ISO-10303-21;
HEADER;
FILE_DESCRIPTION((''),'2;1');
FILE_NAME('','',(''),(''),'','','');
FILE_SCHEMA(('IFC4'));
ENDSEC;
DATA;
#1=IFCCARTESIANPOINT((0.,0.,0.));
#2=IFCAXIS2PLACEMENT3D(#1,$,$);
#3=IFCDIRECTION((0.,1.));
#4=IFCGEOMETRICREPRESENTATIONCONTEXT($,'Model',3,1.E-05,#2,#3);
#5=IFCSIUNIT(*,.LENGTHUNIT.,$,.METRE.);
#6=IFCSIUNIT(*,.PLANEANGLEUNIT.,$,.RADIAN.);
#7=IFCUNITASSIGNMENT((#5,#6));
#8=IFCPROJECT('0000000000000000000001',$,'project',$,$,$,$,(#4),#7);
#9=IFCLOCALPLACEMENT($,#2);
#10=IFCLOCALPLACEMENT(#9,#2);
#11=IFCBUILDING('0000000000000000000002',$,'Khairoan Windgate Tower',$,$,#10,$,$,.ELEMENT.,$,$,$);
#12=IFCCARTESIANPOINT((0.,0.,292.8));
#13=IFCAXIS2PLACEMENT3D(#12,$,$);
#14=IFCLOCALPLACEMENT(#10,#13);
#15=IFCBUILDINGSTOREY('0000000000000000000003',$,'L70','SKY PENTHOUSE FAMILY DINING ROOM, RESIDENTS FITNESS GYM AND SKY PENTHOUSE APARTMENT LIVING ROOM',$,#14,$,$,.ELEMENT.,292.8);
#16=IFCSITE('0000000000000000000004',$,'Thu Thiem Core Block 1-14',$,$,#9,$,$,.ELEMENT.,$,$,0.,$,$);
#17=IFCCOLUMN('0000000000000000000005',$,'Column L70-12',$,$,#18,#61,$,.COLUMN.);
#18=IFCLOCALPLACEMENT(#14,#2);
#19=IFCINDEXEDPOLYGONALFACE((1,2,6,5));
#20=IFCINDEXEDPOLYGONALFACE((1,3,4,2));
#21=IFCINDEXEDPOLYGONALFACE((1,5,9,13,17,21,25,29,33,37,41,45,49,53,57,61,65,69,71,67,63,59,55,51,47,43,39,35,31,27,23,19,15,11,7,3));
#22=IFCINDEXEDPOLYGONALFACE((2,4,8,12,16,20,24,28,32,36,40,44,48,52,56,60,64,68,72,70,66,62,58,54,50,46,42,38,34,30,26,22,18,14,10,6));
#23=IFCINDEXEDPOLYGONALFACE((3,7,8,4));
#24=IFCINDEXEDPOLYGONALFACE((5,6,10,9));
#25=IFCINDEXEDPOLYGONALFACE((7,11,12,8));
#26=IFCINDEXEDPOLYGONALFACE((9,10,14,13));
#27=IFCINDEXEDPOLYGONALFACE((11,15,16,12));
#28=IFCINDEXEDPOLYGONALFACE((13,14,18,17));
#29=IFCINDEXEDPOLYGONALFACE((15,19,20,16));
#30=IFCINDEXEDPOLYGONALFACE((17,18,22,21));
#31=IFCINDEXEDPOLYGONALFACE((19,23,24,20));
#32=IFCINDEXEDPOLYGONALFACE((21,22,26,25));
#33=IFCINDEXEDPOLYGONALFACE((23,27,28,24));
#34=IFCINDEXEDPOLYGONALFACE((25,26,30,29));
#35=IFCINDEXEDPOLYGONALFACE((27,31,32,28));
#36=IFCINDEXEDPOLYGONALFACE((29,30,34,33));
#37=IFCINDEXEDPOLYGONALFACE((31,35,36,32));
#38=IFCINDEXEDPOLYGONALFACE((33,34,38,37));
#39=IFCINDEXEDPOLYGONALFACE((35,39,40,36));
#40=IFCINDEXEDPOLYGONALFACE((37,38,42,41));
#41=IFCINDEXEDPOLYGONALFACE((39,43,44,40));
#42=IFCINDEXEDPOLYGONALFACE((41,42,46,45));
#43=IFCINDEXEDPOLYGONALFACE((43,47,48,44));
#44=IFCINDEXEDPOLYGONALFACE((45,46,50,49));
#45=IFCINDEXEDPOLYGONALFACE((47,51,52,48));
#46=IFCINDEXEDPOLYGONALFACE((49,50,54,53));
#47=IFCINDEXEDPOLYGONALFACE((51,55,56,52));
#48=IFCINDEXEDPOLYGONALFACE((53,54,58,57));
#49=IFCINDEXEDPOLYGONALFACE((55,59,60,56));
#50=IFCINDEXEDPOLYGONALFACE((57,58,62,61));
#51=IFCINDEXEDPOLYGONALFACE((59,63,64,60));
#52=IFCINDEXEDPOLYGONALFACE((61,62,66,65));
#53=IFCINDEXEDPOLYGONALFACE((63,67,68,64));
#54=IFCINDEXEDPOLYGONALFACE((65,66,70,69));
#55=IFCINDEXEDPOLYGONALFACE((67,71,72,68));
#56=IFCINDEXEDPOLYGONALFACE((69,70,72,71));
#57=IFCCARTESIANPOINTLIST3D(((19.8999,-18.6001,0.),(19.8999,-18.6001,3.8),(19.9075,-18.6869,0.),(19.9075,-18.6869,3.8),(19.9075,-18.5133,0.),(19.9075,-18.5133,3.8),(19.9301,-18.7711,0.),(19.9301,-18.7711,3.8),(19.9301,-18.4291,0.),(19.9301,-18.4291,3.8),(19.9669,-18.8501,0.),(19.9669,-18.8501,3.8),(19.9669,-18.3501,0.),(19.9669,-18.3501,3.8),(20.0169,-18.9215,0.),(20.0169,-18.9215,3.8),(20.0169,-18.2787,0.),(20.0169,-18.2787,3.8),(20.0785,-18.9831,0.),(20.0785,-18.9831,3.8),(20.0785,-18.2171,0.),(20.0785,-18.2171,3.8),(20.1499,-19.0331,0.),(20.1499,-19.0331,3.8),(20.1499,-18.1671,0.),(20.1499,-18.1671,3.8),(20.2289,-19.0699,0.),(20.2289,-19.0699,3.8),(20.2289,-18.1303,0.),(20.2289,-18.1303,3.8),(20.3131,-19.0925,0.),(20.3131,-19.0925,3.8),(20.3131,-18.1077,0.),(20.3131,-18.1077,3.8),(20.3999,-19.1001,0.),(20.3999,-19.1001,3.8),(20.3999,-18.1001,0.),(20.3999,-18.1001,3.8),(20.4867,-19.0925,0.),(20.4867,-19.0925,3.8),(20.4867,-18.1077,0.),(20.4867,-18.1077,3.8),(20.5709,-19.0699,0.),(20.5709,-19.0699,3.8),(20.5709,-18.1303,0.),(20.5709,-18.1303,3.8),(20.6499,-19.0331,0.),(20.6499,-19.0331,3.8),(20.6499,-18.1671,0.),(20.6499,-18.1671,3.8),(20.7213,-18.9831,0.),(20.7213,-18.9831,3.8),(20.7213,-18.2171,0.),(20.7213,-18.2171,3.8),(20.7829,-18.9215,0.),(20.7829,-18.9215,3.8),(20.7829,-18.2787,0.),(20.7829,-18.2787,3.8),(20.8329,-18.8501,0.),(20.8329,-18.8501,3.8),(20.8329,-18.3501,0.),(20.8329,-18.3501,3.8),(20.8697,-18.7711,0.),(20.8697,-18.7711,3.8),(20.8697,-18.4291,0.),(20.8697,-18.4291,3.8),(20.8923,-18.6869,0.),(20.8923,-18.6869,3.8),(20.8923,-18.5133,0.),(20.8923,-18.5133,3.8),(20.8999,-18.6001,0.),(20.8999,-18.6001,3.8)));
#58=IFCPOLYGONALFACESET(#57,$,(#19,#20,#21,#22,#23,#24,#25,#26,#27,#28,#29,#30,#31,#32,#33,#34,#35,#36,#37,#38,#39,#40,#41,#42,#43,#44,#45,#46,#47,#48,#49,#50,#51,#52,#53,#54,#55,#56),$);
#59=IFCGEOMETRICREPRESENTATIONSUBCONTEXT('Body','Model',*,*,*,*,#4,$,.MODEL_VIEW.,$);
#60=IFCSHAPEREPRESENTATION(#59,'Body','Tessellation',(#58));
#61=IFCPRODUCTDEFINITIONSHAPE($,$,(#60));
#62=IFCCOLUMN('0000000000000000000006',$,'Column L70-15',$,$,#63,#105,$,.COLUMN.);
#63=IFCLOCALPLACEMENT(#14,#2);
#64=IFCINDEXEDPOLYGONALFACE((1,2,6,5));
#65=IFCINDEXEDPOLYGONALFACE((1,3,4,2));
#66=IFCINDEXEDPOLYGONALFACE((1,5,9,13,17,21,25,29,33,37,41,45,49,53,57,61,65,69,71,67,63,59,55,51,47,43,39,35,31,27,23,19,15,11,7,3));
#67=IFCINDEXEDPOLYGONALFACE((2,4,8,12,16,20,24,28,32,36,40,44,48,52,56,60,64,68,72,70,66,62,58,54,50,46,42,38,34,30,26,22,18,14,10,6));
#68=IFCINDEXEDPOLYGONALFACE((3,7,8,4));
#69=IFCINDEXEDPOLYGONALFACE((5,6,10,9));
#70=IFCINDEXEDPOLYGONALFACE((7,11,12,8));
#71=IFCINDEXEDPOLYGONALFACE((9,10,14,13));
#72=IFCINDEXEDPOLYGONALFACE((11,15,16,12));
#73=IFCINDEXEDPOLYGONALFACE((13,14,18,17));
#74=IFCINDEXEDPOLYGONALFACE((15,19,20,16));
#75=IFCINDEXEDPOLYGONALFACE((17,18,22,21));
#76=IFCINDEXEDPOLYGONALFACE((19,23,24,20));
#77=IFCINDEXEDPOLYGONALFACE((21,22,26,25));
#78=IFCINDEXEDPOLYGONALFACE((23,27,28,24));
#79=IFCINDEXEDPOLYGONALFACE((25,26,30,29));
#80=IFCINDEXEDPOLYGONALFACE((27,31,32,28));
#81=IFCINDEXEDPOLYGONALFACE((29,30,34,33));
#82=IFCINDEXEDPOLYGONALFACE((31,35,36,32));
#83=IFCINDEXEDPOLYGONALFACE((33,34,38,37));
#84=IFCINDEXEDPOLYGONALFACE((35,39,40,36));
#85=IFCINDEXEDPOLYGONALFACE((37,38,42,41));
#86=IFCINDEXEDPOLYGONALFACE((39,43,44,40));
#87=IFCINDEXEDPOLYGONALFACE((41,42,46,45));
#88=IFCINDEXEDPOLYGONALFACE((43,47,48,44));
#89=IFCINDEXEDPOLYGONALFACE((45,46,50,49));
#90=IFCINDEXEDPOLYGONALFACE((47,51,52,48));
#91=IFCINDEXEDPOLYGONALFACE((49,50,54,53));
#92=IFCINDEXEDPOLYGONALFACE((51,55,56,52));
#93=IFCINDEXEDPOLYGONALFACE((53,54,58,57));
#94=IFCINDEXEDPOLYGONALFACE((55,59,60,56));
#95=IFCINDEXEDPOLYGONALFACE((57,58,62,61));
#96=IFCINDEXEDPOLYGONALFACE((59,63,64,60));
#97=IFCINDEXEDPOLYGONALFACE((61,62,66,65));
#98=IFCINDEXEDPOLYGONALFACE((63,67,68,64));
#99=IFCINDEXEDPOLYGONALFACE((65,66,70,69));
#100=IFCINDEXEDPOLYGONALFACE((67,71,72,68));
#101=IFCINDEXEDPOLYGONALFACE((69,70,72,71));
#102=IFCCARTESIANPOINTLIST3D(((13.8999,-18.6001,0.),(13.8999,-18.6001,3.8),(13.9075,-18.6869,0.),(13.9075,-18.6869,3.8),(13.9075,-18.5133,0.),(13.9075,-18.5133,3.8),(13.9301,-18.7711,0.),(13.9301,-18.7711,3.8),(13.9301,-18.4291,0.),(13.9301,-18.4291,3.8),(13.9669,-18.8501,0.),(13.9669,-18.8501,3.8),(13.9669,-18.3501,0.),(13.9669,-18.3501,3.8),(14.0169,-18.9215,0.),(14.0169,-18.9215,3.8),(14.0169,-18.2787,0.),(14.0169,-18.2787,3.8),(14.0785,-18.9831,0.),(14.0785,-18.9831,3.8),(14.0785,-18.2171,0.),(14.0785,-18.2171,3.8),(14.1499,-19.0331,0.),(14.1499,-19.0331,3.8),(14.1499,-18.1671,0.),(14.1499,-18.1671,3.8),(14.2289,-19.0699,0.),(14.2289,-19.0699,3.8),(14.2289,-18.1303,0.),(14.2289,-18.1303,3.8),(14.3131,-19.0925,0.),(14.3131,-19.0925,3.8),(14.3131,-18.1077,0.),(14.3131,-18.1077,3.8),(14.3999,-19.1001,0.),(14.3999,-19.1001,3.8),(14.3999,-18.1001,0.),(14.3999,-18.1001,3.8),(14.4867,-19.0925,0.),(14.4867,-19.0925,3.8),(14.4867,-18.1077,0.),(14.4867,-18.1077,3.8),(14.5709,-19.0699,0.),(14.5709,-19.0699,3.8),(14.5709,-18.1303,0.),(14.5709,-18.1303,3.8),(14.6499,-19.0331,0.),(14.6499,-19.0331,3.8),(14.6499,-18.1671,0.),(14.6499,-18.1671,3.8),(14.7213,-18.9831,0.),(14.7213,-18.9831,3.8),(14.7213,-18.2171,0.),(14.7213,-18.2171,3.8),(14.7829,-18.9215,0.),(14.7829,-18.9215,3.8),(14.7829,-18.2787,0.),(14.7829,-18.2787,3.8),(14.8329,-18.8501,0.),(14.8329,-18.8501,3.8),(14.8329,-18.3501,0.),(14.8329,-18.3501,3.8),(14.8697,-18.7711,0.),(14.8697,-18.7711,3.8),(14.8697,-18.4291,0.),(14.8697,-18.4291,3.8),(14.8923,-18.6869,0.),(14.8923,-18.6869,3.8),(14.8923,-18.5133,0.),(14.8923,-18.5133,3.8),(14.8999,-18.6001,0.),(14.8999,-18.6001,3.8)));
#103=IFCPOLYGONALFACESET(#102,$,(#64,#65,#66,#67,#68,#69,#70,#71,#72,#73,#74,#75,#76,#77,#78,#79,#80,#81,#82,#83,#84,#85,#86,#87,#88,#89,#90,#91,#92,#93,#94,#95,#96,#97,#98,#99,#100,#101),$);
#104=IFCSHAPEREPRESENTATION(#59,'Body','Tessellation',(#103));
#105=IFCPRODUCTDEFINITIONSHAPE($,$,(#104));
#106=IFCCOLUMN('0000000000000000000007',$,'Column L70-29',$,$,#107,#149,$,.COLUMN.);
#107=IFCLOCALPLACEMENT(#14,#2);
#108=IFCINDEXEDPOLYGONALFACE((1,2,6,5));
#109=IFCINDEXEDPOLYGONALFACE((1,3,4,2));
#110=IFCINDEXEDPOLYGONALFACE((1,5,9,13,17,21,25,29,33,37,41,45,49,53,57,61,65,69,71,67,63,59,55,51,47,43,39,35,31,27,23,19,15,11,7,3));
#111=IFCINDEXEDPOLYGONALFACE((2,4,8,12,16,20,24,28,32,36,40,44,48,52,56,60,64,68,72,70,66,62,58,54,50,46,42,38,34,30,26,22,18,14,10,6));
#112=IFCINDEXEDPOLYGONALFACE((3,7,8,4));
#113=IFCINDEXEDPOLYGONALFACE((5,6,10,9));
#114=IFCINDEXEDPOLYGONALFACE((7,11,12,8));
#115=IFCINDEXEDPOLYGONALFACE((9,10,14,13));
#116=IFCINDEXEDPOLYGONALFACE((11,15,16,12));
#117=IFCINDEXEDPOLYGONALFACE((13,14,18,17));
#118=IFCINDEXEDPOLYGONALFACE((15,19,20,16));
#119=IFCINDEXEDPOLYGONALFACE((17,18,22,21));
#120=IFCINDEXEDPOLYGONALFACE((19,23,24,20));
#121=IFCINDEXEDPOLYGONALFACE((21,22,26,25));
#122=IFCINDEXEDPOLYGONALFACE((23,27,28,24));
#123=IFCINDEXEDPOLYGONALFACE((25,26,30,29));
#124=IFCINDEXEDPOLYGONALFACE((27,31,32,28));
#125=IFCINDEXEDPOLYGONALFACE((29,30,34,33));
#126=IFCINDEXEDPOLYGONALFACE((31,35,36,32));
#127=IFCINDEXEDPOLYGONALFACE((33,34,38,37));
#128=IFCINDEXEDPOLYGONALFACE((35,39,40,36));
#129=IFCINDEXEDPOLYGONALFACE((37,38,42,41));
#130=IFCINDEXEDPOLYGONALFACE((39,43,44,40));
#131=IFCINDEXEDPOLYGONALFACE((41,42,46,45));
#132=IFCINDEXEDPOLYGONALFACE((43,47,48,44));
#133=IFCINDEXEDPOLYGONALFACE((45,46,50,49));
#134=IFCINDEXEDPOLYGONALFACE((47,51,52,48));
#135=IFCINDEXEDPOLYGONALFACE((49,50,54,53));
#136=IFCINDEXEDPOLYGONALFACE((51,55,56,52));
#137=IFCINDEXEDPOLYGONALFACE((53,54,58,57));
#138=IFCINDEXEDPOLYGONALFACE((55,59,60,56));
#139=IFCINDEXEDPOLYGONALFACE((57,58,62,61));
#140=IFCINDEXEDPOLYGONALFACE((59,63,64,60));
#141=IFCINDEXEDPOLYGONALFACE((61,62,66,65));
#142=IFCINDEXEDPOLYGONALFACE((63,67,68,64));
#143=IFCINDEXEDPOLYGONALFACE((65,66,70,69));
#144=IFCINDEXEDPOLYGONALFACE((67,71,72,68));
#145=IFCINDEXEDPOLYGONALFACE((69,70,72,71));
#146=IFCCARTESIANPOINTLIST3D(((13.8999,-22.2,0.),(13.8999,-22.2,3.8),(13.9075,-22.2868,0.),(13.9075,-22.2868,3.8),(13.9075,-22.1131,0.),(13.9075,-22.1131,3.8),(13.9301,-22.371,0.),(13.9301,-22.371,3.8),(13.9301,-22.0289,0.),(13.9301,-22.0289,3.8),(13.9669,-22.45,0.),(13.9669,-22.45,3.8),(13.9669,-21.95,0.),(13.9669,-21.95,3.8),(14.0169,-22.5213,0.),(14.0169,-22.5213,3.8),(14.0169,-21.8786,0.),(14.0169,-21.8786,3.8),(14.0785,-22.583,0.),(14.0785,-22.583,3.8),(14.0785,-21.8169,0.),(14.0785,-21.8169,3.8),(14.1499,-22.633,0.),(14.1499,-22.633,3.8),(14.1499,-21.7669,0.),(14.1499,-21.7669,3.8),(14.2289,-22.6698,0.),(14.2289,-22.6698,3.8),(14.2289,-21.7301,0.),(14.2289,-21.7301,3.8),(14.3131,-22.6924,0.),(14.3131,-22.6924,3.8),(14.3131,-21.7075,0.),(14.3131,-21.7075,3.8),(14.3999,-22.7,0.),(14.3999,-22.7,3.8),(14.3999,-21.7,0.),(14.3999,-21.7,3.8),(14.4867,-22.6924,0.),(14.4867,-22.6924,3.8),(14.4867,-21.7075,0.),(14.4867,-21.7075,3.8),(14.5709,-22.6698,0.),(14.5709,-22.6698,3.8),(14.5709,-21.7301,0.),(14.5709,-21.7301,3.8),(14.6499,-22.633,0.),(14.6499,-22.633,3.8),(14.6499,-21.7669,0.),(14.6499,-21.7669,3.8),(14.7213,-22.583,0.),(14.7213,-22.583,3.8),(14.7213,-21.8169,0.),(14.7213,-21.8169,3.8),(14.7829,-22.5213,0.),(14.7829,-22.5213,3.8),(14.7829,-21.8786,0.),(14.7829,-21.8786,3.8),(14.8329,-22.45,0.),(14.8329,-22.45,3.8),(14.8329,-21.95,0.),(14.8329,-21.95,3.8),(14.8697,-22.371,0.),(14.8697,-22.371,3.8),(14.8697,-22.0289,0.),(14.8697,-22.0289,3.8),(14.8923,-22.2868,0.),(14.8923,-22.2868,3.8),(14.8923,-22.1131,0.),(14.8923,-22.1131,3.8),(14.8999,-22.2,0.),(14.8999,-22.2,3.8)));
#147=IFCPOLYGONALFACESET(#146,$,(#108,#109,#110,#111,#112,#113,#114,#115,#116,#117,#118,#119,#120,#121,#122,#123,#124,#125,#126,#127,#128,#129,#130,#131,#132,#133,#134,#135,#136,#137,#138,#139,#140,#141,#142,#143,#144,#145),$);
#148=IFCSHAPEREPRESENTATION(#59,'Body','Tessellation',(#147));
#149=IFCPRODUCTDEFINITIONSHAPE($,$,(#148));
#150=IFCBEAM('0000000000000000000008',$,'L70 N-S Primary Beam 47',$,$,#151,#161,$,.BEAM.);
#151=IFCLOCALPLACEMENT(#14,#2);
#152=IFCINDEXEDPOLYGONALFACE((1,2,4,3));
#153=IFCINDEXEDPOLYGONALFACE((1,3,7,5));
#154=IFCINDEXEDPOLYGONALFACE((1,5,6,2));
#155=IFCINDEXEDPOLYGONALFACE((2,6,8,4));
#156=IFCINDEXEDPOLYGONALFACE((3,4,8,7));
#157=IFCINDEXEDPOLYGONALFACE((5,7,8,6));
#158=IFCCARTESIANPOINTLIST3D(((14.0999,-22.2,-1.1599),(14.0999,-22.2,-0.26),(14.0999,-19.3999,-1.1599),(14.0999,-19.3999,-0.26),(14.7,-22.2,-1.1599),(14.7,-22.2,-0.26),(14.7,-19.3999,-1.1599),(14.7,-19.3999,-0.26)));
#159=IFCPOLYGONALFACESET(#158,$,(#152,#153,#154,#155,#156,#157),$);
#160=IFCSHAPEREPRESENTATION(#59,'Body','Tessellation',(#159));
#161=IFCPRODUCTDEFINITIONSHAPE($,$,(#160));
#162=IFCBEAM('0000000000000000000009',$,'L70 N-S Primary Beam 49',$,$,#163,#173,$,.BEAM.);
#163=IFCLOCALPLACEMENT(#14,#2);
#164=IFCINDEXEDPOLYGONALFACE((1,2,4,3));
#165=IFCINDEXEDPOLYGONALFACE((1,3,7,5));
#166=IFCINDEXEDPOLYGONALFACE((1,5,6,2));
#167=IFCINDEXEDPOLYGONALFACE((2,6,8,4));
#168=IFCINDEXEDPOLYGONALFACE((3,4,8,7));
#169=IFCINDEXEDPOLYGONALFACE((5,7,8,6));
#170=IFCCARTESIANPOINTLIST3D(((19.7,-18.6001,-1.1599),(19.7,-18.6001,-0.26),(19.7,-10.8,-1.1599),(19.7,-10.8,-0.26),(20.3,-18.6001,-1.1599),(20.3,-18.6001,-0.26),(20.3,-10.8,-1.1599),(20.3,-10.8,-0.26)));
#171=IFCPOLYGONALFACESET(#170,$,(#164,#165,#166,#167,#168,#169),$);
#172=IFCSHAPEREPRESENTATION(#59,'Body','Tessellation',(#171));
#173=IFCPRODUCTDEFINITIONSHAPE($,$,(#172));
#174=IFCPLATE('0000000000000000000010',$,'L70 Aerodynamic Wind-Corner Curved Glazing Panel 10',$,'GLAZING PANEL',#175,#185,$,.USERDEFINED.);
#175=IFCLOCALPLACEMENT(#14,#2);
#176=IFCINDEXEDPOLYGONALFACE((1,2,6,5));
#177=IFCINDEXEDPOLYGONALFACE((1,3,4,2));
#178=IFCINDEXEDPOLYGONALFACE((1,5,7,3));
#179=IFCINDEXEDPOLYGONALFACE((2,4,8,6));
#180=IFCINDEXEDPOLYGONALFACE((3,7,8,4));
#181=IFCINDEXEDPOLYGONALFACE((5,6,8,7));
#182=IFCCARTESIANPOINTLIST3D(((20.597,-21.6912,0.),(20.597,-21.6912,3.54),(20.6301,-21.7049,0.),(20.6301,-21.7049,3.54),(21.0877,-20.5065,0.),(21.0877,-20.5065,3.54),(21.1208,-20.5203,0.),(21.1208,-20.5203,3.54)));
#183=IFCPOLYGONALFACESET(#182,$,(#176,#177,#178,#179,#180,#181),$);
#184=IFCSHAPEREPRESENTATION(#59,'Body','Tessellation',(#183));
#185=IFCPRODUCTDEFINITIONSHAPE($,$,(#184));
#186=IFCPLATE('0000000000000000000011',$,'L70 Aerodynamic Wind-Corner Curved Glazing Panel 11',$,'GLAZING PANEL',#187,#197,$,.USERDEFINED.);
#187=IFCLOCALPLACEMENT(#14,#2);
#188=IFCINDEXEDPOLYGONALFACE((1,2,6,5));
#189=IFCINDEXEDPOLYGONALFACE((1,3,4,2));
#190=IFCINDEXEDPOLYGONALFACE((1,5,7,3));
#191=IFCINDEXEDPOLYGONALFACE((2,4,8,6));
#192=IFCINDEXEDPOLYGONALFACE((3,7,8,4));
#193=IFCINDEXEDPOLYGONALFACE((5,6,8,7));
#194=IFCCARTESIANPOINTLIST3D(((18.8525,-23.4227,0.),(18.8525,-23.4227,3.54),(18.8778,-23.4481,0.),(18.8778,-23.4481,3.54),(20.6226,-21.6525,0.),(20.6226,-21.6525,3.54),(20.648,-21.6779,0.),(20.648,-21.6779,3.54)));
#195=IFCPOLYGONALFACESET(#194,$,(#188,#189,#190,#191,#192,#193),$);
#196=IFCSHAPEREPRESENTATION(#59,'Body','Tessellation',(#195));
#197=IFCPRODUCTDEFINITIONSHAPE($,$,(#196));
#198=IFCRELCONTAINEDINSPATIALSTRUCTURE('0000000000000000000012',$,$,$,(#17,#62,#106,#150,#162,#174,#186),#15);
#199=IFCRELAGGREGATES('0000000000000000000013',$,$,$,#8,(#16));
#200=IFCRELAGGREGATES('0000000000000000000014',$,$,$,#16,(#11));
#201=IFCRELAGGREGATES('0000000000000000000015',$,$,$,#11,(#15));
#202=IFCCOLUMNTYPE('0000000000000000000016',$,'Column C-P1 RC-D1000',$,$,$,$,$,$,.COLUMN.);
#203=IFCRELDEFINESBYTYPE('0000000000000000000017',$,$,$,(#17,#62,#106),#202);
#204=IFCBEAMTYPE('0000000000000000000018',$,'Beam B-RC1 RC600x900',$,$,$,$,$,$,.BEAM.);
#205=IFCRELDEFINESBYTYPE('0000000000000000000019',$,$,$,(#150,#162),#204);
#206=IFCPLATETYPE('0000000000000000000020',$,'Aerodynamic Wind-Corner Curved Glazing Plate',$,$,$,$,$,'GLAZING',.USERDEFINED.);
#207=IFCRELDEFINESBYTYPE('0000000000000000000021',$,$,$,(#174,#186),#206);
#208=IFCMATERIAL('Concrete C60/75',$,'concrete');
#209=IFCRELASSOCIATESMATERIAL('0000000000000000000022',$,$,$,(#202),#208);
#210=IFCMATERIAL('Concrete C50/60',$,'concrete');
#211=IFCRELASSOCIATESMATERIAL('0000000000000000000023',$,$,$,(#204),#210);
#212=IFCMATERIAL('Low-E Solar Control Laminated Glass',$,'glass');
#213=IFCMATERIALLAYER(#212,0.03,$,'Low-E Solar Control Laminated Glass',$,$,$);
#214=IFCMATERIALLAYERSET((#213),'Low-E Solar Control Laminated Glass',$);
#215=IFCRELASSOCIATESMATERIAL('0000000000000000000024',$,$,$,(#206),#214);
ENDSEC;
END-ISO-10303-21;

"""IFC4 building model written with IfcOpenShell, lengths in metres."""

from ifc_helpers import new_model, si_unit, direction, frame, origin, origin_2d, place, context, subcontext, project, spatial, rectangle, circle, extrude, material, layer, layer_set, material_profile, profile_set, type_object, element, save


model = new_model("IFC4")

# Units and contexts
model_context = context("Model", 3, precision=1e-05, world=origin(), true_north=direction((0.0, 1.0)))
body_context = subcontext(model_context, "Body", "Model", "MODEL_VIEW")
ifc_project = project(units=[si_unit("LENGTHUNIT", "METRE"), si_unit("PLANEANGLEUNIT", "RADIAN")], contexts=[model_context])

# Site, building, storey
site_placement = place(None, origin())
site = spatial("IfcSite", under=ifc_project, at=site_placement, Name="Thu Thiem Core Block 1-14", CompositionType="ELEMENT", RefElevation=0.0)
building_placement = place(site_placement, origin())
building = spatial("IfcBuilding", under=site, at=building_placement, Name="Khairoan Windgate Tower", CompositionType="ELEMENT")
storey_placement = place(building_placement, frame((0.0, 0.0, 292.8)))
storey = spatial("IfcBuildingStorey", under=building, at=storey_placement, Name="L70", Description="SKY PENTHOUSE FAMILY DINING ROOM, RESIDENTS FITNESS GYM AND SKY PENTHOUSE APARTMENT LIVING ROOM", CompositionType="ELEMENT", Elevation=292.8)

# Columns
ifc_material_1 = material(Name="Concrete C60/75", Category="concrete")
ifc_material_profile_1 = material_profile(ifc_material_1, circle(Radius=0.5, at=origin_2d()))
ifc_profile_set_1 = profile_set([ifc_material_profile_1], Name="Concrete C60/75")
column_type = type_object("IfcColumnType", Name="Column C-P1 RC-D1000", PredefinedType="COLUMN", material=ifc_profile_set_1)
for number, where, z_axis, x_axis, name in (
    (1, (20.3999, -18.6001, 0.0), (0.0, 0.0, 1.0), (1.0, 0.0, 0.0), "Column L70-12"),
    (2, (14.3999, -18.6001, 0.0), (0.0, 0.0, 1.0), (1.0, 0.0, 0.0), "Column L70-15"),
    (3, (14.3999, -22.2, 0.0), (0.0, 0.0, 1.0), (1.0, 0.0, 0.0), "Column L70-29"),
):
    element("IfcColumn", number, at=place(storey_placement, frame(where, z_axis=z_axis, x_axis=x_axis)), inside=storey, type_object=column_type, Name=name, PredefinedType="COLUMN", context=body_context, shape_type="SweptSolid", body=[
        extrude(circle(Radius=0.5, at=origin_2d()), origin(), (0.0, 0.0, 1.0), 3.8),
    ])

# Beams
ifc_material_2 = material(Name="Concrete C50/60", Category="concrete")
ifc_material_profile_2 = material_profile(ifc_material_2, rectangle(XDim=0.6001, YDim=0.8999, at=origin_2d()))
ifc_profile_set_2 = profile_set([ifc_material_profile_2], Name="Concrete C50/60")
beam_type = type_object("IfcBeamType", Name="Beam B-RC1 RC600x900", PredefinedType="BEAM", material=ifc_profile_set_2)
beam_1_placement = place(storey_placement, frame((14.3999, -22.2, -0.71), z_axis=(0.0, 1.0, 0.0), x_axis=(-1.0, 0.0, 0.0)))
element("IfcBeam", 4, at=beam_1_placement, inside=storey, type_object=beam_type, Name="L70 N-S Primary Beam 47", PredefinedType="BEAM", context=body_context, shape_type="SweptSolid", body=[
    extrude(rectangle(XDim=0.6001, YDim=0.8999, at=origin_2d()), origin(), (0.0, 0.0, 1.0), 2.8),
])
beam_2_placement = place(storey_placement, frame((20.0, -18.6001, -0.71), z_axis=(0.0, 1.0, 0.0), x_axis=(-1.0, 0.0, 0.0)))
element("IfcBeam", 5, at=beam_2_placement, inside=storey, type_object=beam_type, Name="L70 N-S Primary Beam 49", PredefinedType="BEAM", context=body_context, shape_type="SweptSolid", body=[
    extrude(rectangle(XDim=0.6001, YDim=0.8999, at=origin_2d()), origin(), (0.0, 0.0, 1.0), 7.8),
])

# Plates
ifc_material_3 = material(Name="Low-E Solar Control Laminated Glass", Category="glass")
ifc_layer_1 = layer(ifc_material_3, 0.03, Name="Low-E Solar Control Laminated Glass")
ifc_layer_set_1 = layer_set([ifc_layer_1], Name="Low-E Solar Control Laminated Glass")
plate_type_1 = type_object("IfcPlateType", Name="Aerodynamic Wind-Corner Curved Glazing Plate", ElementType="GLAZING", PredefinedType="USERDEFINED", material=ifc_layer_set_1)
plate_1_placement = place(storey_placement, frame((20.8589, -21.1057, 0.0), z_axis=(0.0, 0.0, 1.0), x_axis=(-0.382683, -0.92388, 0.0)))
element("IfcPlate", 6, at=plate_1_placement, inside=storey, type_object=plate_type_1, Name="L70 Aerodynamic Wind-Corner Curved Glazing Panel 10", ObjectType="GLAZING PANEL", PredefinedType="USERDEFINED", context=body_context, shape_type="SweptSolid", body=[
    extrude(rectangle(XDim=1.2822, YDim=0.0359, at=origin_2d()), origin(), (0.0, 0.0, 1.0), 3.54),
])
plate_2_placement = place(storey_placement, frame((19.7502, -22.5503, 0.0), z_axis=(0.0, 0.0, 1.0), x_axis=(-0.707107, -0.707107, 0.0)))
element("IfcPlate", 7, at=plate_2_placement, inside=storey, type_object=plate_type_1, Name="L70 Aerodynamic Wind-Corner Curved Glazing Panel 11", ObjectType="GLAZING PANEL", PredefinedType="USERDEFINED", context=body_context, shape_type="SweptSolid", body=[
    extrude(rectangle(XDim=2.5034, YDim=0.0359, at=origin_2d()), origin(), (0.0, 0.0, 1.0), 3.54),
])

save(model, "model.ifc")
